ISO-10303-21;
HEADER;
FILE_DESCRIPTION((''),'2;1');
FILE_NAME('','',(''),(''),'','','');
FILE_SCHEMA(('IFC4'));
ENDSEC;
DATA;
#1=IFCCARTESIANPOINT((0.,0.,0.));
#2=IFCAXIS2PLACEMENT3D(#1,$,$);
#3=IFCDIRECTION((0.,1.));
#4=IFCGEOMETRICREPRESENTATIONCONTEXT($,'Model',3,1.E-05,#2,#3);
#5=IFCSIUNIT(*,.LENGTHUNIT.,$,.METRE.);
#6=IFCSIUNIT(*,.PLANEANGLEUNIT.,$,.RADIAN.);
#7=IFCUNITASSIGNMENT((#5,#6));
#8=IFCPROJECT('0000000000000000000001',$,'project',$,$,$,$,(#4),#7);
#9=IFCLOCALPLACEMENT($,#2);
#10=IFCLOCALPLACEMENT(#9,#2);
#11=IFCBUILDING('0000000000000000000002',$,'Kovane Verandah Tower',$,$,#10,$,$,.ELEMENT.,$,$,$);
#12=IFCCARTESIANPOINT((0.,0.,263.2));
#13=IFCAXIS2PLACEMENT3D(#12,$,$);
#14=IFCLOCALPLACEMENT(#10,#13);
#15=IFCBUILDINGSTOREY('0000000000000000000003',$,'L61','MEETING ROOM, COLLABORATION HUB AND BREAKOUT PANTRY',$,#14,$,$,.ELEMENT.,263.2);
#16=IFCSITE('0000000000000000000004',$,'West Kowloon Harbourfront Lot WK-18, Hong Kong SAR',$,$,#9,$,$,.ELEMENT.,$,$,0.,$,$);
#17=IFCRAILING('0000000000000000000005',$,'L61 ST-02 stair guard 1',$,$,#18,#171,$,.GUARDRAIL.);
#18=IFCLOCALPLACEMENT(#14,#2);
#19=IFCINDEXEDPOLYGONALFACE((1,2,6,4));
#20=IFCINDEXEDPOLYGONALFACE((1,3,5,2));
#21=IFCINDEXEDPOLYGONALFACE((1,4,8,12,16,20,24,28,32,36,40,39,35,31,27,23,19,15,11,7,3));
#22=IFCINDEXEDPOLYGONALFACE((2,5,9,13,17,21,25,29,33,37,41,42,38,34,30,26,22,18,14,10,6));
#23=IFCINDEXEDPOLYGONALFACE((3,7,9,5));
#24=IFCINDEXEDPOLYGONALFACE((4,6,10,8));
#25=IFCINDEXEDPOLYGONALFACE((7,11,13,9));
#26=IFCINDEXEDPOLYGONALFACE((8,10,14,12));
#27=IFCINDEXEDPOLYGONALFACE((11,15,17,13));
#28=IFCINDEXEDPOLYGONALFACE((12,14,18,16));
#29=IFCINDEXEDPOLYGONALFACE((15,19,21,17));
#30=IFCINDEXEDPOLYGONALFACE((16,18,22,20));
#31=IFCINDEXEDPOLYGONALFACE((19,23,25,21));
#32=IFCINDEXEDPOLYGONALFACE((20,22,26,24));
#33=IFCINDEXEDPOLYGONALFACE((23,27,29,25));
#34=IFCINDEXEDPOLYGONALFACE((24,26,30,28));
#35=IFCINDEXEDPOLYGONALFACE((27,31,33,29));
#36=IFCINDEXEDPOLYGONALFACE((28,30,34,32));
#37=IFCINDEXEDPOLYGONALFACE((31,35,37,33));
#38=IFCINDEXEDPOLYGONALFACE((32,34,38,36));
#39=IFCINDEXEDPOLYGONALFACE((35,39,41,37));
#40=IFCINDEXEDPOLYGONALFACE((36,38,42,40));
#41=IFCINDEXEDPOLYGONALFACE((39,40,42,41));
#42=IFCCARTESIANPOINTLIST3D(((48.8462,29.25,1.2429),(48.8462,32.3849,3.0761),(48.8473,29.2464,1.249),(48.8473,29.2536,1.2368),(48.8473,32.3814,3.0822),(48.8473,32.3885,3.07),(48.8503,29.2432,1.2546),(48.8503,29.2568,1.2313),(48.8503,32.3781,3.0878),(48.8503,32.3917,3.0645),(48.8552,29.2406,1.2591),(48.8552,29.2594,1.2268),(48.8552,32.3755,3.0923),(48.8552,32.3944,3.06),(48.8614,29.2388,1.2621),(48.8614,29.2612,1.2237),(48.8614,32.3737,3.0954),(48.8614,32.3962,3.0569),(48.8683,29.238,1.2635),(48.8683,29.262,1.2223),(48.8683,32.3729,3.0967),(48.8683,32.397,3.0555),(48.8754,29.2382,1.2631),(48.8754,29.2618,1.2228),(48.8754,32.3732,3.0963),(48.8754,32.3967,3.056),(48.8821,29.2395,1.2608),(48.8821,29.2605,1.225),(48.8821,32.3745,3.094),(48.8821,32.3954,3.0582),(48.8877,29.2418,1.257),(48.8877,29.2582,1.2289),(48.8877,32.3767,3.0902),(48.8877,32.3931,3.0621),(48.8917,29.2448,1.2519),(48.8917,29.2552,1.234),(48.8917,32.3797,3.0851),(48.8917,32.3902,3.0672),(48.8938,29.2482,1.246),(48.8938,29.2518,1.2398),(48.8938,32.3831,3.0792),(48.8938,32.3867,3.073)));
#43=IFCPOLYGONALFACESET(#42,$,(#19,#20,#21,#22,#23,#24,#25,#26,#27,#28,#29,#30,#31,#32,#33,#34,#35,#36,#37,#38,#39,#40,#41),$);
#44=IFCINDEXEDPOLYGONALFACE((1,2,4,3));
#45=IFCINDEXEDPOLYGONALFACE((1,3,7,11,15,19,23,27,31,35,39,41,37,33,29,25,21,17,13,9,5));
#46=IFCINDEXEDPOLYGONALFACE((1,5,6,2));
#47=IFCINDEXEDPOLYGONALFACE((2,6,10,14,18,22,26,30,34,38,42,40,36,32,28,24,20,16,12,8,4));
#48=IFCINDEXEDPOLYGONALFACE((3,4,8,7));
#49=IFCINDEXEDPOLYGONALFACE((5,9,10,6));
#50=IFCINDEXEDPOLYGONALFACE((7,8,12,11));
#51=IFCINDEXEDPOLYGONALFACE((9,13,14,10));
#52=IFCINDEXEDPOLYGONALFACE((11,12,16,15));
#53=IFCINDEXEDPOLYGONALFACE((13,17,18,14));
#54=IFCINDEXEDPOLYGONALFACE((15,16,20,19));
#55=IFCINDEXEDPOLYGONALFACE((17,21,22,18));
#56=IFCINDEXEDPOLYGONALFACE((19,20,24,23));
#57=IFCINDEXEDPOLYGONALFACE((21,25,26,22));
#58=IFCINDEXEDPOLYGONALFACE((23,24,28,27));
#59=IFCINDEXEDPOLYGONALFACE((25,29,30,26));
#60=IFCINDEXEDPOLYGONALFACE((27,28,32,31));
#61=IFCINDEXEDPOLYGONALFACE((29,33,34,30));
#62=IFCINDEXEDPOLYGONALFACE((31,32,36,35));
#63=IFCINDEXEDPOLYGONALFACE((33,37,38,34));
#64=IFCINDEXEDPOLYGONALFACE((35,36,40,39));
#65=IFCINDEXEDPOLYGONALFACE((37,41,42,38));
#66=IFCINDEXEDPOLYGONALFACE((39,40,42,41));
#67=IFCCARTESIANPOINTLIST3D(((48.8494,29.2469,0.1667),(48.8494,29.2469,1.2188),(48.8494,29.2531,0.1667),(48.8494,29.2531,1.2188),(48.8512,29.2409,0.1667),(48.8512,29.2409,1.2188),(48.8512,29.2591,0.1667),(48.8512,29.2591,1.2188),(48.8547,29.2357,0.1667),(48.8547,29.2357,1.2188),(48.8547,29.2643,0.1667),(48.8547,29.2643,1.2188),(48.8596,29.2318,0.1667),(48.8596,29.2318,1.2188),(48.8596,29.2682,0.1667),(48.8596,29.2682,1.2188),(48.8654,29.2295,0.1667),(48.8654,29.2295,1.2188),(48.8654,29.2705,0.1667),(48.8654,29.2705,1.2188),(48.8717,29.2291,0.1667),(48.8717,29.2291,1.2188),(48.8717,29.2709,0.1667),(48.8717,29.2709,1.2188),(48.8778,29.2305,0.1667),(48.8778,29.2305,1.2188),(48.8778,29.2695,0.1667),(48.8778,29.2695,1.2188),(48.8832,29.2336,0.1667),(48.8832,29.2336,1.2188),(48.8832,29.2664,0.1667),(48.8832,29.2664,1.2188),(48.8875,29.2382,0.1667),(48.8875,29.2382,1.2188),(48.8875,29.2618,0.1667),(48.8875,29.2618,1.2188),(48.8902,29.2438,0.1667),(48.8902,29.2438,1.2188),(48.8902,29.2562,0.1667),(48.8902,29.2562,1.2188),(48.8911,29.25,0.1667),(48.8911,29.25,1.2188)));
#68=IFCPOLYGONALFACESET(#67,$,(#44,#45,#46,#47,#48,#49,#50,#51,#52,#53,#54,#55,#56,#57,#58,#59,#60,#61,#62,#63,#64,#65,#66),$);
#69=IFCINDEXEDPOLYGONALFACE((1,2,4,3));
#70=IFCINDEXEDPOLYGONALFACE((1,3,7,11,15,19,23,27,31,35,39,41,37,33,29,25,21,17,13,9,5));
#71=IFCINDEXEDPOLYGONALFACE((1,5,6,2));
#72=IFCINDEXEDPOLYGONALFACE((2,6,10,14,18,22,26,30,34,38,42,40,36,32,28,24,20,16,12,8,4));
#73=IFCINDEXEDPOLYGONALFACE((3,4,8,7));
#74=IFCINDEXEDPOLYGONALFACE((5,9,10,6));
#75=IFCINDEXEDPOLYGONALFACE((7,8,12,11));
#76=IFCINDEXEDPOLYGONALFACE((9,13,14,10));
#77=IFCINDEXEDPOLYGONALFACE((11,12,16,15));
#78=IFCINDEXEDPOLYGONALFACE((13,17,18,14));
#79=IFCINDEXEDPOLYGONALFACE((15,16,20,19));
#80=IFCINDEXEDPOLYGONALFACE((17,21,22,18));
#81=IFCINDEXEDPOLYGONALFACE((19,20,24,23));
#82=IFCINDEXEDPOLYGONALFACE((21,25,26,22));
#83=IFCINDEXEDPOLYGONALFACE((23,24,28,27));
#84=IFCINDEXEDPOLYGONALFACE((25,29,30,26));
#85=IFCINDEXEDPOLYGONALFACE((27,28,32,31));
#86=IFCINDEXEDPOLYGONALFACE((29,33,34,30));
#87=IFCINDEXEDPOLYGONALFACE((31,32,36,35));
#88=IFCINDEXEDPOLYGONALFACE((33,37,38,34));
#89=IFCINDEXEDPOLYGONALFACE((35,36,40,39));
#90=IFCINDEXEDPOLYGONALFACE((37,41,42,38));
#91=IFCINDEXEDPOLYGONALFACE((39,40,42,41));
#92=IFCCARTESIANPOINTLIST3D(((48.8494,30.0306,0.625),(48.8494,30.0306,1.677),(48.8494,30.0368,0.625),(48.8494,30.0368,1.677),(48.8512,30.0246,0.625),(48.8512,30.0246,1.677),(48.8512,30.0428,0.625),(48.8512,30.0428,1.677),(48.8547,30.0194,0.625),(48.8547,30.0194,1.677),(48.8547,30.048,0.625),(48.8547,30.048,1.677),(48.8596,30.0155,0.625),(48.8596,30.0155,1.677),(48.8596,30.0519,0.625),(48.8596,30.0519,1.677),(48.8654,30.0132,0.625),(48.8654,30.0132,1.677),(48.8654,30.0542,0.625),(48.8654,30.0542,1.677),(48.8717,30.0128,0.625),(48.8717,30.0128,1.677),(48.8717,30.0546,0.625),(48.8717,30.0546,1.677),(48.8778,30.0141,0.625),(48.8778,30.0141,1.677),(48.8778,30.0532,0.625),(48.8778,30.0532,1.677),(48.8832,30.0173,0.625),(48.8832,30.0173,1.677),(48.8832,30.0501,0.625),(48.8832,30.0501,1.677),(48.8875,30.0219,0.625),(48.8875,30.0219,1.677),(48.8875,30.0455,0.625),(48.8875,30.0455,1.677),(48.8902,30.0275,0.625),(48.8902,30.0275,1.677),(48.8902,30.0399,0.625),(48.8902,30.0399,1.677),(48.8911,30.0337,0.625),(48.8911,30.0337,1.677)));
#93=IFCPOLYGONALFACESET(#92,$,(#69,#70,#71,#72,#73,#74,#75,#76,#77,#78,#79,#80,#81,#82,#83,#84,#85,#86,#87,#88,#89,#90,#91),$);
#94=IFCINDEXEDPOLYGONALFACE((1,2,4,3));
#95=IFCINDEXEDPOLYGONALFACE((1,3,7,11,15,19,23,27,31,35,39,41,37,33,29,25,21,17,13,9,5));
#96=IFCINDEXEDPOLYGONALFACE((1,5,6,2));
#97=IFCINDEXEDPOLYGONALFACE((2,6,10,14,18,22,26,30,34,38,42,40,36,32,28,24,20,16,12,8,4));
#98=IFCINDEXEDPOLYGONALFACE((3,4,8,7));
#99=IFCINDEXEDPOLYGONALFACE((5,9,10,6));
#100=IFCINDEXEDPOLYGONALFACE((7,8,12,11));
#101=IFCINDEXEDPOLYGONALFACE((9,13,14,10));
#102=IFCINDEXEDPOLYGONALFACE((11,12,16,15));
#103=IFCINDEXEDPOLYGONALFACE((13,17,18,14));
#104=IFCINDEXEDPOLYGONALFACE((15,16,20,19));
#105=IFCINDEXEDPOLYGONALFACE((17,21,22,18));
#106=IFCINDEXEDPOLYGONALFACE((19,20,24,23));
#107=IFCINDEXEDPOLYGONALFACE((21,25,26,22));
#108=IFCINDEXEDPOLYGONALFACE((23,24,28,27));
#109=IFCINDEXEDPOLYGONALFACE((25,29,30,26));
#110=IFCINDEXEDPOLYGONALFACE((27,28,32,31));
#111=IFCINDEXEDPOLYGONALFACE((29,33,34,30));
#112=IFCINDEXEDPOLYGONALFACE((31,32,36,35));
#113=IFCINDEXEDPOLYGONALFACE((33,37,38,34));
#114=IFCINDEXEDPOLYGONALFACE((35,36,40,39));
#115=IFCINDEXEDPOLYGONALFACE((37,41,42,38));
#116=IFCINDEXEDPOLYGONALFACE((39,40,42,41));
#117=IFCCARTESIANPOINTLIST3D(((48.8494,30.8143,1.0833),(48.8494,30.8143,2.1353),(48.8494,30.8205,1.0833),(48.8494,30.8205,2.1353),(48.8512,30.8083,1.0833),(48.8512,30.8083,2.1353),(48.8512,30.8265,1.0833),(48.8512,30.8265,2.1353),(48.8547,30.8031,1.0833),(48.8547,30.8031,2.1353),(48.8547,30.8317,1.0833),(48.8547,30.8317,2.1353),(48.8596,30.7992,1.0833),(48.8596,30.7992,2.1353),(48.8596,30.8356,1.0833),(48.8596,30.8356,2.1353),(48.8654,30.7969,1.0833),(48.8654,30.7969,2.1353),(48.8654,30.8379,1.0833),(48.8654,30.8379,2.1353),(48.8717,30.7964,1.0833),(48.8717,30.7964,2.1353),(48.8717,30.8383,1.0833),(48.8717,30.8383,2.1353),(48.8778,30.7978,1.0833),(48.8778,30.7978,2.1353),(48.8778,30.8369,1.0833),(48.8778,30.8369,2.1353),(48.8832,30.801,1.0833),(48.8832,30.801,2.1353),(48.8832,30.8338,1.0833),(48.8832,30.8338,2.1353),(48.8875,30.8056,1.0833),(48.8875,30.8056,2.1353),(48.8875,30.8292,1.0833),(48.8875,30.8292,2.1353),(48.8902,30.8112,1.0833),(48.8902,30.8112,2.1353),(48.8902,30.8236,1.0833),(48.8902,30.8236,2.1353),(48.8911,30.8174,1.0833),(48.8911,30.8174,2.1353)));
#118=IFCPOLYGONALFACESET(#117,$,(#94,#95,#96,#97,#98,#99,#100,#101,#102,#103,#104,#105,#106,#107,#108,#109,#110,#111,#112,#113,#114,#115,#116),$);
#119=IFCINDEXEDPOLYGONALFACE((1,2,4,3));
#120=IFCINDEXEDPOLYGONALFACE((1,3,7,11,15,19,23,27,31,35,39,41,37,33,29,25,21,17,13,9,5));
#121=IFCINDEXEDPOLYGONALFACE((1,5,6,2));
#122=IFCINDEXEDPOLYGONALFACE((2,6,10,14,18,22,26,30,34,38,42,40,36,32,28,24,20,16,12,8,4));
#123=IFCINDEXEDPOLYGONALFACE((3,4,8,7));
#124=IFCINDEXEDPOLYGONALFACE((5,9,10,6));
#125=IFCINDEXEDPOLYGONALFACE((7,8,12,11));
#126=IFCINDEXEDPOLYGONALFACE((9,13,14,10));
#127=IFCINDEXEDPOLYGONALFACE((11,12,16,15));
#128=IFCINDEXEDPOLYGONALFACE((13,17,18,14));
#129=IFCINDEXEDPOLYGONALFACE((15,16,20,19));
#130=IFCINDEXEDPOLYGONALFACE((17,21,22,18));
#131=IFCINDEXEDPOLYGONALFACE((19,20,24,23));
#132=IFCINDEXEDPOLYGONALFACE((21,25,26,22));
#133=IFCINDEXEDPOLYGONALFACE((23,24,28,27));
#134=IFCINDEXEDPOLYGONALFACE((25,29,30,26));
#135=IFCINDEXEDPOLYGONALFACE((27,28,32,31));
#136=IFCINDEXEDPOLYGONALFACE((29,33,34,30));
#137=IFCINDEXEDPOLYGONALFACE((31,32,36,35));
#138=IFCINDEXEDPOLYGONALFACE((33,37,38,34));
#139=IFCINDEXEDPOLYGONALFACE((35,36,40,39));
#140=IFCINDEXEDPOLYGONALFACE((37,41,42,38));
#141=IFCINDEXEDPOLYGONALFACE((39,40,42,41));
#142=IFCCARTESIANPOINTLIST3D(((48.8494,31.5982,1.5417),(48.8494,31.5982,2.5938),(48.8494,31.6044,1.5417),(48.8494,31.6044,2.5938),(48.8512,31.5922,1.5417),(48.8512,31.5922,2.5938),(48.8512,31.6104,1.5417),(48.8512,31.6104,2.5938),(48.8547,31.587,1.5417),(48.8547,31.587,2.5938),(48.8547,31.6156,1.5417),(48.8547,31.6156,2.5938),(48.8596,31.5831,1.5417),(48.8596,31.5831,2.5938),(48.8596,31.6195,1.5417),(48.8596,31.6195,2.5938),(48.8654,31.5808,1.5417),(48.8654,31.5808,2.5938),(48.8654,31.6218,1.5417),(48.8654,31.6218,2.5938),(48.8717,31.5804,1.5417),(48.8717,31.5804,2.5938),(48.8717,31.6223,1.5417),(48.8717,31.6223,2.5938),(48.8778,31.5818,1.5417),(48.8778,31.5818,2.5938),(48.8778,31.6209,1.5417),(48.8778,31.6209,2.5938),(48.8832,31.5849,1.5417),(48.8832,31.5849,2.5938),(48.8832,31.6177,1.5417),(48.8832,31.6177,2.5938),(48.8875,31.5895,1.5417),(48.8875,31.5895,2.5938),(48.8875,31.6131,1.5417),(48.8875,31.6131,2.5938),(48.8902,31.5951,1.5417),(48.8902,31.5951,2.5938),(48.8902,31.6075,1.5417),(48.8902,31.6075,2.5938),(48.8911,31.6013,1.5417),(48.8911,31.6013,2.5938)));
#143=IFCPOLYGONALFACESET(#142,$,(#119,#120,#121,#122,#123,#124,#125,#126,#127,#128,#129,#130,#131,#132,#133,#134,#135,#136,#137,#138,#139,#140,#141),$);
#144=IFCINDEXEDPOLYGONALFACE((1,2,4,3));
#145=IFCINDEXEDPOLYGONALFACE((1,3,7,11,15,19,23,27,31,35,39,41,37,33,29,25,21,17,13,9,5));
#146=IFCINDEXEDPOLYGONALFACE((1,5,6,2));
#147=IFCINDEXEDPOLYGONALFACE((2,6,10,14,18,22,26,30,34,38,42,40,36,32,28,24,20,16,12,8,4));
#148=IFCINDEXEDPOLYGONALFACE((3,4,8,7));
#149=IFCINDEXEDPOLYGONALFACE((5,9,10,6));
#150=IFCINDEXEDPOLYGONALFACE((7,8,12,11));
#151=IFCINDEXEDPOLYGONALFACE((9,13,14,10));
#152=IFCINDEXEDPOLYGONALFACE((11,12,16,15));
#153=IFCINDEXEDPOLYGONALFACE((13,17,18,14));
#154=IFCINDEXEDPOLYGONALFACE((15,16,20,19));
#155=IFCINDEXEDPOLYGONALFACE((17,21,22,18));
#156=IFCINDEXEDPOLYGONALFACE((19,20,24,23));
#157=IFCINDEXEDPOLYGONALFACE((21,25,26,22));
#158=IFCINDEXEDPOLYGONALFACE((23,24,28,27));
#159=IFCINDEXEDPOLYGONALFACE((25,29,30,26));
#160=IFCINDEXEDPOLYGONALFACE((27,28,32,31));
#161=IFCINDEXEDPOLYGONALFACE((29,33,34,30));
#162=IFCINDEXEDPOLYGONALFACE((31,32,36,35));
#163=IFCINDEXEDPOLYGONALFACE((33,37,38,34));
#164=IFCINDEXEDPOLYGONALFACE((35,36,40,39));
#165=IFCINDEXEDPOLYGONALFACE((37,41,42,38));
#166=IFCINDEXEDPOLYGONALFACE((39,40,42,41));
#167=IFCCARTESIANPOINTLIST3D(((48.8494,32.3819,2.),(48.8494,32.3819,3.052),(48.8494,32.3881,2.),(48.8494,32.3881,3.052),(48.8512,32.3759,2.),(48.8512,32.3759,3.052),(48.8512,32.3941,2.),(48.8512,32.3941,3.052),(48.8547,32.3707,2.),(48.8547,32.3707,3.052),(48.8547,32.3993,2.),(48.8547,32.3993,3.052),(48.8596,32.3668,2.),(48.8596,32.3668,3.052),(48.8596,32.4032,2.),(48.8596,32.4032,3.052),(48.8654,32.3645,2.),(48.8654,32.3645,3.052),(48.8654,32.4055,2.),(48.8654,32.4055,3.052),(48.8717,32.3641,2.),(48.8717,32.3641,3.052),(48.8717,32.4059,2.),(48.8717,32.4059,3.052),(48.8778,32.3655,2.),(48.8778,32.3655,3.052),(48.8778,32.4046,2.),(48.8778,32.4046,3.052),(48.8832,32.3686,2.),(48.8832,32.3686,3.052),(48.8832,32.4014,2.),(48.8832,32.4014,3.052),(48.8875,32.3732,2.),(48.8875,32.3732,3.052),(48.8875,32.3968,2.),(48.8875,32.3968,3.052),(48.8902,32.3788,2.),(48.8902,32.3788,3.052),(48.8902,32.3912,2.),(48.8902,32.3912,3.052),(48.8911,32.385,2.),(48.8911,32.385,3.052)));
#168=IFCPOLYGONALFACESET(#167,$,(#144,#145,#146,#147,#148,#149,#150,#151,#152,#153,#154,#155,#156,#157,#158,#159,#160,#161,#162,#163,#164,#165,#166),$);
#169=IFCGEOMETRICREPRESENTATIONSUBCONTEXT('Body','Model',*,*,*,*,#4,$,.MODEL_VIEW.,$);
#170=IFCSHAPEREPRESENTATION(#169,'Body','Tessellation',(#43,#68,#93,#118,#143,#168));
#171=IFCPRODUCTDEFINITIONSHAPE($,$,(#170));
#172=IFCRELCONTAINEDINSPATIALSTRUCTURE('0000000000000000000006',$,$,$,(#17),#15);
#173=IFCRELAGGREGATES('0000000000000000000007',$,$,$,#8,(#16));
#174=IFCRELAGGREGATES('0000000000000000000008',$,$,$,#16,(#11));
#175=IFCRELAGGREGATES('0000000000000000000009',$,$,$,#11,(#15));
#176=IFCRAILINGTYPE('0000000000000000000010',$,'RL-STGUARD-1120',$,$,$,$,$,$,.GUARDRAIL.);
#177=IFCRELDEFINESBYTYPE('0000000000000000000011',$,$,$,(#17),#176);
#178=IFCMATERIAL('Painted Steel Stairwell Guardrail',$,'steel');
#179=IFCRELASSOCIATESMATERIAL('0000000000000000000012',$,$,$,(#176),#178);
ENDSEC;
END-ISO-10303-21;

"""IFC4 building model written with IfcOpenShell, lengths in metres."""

from ifc_helpers import new_model, si_unit, direction, frame, origin, origin_2d, place, context, subcontext, project, spatial, circle, extrude, material, type_object, element, save


model = new_model("IFC4")

# Units and contexts
model_context = context("Model", 3, precision=1e-05, world=origin(), true_north=direction((0.0, 1.0)))
body_context = subcontext(model_context, "Body", "Model", "MODEL_VIEW")
ifc_project = project(units=[si_unit("LENGTHUNIT", "METRE"), si_unit("PLANEANGLEUNIT", "RADIAN")], contexts=[model_context])

# Site, building, storey
site_placement = place(None, origin())
site = spatial("IfcSite", under=ifc_project, at=site_placement, Name="West Kowloon Harbourfront Lot WK-18, Hong Kong SAR", CompositionType="ELEMENT", RefElevation=0.0)
building_placement = place(site_placement, origin())
building = spatial("IfcBuilding", under=site, at=building_placement, Name="Kovane Verandah Tower", CompositionType="ELEMENT")
storey_placement = place(building_placement, frame((0.0, 0.0, 263.2)))
storey = spatial("IfcBuildingStorey", under=building, at=storey_placement, Name="L61", Description="MEETING ROOM, COLLABORATION HUB AND BREAKOUT PANTRY", CompositionType="ELEMENT", Elevation=263.2)

# Railing
ifc_material_1 = material(Name="Painted Steel Stairwell Guardrail", Category="steel")
railing_type_1 = type_object("IfcRailingType", Name="RL-STGUARD-1120", PredefinedType="GUARDRAIL", material=ifc_material_1)
railing_1_placement = place(storey_placement, frame((48.8701, 29.25, 0.1667)))
element("IfcRailing", 1, at=railing_1_placement, inside=storey, type_object=railing_type_1, Name="L61 ST-02 stair guard 1", PredefinedType="GUARDRAIL", context=body_context, shape_type="SweptSolid", body=[
    extrude(circle(Radius=0.0239, at=origin_2d()), frame((0.0, 0.0, 1.0762), z_axis=(0.0, 0.86324, 0.504794), x_axis=(-1.0, 0.0, 0.0)), (0.0, 0.0, 1.0), 3.6316),
    extrude(circle(Radius=0.021, at=origin_2d()), origin(), (0.0, 0.0, 1.0), 1.052),
    extrude(circle(Radius=0.021, at=origin_2d()), frame((0.0, 0.7837, 0.4583)), (0.0, 0.0, 1.0), 1.052),
    extrude(circle(Radius=0.021, at=origin_2d()), frame((0.0, 1.5674, 0.9165)), (0.0, 0.0, 1.0), 1.052),
    extrude(circle(Radius=0.021, at=origin_2d()), frame((0.0, 2.3513, 1.375)), (0.0, 0.0, 1.0), 1.052),
    extrude(circle(Radius=0.021, at=origin_2d()), frame((0.0, 3.135, 1.8333)), (0.0, 0.0, 1.0), 1.052),
])

save(model, "model.ifc")
